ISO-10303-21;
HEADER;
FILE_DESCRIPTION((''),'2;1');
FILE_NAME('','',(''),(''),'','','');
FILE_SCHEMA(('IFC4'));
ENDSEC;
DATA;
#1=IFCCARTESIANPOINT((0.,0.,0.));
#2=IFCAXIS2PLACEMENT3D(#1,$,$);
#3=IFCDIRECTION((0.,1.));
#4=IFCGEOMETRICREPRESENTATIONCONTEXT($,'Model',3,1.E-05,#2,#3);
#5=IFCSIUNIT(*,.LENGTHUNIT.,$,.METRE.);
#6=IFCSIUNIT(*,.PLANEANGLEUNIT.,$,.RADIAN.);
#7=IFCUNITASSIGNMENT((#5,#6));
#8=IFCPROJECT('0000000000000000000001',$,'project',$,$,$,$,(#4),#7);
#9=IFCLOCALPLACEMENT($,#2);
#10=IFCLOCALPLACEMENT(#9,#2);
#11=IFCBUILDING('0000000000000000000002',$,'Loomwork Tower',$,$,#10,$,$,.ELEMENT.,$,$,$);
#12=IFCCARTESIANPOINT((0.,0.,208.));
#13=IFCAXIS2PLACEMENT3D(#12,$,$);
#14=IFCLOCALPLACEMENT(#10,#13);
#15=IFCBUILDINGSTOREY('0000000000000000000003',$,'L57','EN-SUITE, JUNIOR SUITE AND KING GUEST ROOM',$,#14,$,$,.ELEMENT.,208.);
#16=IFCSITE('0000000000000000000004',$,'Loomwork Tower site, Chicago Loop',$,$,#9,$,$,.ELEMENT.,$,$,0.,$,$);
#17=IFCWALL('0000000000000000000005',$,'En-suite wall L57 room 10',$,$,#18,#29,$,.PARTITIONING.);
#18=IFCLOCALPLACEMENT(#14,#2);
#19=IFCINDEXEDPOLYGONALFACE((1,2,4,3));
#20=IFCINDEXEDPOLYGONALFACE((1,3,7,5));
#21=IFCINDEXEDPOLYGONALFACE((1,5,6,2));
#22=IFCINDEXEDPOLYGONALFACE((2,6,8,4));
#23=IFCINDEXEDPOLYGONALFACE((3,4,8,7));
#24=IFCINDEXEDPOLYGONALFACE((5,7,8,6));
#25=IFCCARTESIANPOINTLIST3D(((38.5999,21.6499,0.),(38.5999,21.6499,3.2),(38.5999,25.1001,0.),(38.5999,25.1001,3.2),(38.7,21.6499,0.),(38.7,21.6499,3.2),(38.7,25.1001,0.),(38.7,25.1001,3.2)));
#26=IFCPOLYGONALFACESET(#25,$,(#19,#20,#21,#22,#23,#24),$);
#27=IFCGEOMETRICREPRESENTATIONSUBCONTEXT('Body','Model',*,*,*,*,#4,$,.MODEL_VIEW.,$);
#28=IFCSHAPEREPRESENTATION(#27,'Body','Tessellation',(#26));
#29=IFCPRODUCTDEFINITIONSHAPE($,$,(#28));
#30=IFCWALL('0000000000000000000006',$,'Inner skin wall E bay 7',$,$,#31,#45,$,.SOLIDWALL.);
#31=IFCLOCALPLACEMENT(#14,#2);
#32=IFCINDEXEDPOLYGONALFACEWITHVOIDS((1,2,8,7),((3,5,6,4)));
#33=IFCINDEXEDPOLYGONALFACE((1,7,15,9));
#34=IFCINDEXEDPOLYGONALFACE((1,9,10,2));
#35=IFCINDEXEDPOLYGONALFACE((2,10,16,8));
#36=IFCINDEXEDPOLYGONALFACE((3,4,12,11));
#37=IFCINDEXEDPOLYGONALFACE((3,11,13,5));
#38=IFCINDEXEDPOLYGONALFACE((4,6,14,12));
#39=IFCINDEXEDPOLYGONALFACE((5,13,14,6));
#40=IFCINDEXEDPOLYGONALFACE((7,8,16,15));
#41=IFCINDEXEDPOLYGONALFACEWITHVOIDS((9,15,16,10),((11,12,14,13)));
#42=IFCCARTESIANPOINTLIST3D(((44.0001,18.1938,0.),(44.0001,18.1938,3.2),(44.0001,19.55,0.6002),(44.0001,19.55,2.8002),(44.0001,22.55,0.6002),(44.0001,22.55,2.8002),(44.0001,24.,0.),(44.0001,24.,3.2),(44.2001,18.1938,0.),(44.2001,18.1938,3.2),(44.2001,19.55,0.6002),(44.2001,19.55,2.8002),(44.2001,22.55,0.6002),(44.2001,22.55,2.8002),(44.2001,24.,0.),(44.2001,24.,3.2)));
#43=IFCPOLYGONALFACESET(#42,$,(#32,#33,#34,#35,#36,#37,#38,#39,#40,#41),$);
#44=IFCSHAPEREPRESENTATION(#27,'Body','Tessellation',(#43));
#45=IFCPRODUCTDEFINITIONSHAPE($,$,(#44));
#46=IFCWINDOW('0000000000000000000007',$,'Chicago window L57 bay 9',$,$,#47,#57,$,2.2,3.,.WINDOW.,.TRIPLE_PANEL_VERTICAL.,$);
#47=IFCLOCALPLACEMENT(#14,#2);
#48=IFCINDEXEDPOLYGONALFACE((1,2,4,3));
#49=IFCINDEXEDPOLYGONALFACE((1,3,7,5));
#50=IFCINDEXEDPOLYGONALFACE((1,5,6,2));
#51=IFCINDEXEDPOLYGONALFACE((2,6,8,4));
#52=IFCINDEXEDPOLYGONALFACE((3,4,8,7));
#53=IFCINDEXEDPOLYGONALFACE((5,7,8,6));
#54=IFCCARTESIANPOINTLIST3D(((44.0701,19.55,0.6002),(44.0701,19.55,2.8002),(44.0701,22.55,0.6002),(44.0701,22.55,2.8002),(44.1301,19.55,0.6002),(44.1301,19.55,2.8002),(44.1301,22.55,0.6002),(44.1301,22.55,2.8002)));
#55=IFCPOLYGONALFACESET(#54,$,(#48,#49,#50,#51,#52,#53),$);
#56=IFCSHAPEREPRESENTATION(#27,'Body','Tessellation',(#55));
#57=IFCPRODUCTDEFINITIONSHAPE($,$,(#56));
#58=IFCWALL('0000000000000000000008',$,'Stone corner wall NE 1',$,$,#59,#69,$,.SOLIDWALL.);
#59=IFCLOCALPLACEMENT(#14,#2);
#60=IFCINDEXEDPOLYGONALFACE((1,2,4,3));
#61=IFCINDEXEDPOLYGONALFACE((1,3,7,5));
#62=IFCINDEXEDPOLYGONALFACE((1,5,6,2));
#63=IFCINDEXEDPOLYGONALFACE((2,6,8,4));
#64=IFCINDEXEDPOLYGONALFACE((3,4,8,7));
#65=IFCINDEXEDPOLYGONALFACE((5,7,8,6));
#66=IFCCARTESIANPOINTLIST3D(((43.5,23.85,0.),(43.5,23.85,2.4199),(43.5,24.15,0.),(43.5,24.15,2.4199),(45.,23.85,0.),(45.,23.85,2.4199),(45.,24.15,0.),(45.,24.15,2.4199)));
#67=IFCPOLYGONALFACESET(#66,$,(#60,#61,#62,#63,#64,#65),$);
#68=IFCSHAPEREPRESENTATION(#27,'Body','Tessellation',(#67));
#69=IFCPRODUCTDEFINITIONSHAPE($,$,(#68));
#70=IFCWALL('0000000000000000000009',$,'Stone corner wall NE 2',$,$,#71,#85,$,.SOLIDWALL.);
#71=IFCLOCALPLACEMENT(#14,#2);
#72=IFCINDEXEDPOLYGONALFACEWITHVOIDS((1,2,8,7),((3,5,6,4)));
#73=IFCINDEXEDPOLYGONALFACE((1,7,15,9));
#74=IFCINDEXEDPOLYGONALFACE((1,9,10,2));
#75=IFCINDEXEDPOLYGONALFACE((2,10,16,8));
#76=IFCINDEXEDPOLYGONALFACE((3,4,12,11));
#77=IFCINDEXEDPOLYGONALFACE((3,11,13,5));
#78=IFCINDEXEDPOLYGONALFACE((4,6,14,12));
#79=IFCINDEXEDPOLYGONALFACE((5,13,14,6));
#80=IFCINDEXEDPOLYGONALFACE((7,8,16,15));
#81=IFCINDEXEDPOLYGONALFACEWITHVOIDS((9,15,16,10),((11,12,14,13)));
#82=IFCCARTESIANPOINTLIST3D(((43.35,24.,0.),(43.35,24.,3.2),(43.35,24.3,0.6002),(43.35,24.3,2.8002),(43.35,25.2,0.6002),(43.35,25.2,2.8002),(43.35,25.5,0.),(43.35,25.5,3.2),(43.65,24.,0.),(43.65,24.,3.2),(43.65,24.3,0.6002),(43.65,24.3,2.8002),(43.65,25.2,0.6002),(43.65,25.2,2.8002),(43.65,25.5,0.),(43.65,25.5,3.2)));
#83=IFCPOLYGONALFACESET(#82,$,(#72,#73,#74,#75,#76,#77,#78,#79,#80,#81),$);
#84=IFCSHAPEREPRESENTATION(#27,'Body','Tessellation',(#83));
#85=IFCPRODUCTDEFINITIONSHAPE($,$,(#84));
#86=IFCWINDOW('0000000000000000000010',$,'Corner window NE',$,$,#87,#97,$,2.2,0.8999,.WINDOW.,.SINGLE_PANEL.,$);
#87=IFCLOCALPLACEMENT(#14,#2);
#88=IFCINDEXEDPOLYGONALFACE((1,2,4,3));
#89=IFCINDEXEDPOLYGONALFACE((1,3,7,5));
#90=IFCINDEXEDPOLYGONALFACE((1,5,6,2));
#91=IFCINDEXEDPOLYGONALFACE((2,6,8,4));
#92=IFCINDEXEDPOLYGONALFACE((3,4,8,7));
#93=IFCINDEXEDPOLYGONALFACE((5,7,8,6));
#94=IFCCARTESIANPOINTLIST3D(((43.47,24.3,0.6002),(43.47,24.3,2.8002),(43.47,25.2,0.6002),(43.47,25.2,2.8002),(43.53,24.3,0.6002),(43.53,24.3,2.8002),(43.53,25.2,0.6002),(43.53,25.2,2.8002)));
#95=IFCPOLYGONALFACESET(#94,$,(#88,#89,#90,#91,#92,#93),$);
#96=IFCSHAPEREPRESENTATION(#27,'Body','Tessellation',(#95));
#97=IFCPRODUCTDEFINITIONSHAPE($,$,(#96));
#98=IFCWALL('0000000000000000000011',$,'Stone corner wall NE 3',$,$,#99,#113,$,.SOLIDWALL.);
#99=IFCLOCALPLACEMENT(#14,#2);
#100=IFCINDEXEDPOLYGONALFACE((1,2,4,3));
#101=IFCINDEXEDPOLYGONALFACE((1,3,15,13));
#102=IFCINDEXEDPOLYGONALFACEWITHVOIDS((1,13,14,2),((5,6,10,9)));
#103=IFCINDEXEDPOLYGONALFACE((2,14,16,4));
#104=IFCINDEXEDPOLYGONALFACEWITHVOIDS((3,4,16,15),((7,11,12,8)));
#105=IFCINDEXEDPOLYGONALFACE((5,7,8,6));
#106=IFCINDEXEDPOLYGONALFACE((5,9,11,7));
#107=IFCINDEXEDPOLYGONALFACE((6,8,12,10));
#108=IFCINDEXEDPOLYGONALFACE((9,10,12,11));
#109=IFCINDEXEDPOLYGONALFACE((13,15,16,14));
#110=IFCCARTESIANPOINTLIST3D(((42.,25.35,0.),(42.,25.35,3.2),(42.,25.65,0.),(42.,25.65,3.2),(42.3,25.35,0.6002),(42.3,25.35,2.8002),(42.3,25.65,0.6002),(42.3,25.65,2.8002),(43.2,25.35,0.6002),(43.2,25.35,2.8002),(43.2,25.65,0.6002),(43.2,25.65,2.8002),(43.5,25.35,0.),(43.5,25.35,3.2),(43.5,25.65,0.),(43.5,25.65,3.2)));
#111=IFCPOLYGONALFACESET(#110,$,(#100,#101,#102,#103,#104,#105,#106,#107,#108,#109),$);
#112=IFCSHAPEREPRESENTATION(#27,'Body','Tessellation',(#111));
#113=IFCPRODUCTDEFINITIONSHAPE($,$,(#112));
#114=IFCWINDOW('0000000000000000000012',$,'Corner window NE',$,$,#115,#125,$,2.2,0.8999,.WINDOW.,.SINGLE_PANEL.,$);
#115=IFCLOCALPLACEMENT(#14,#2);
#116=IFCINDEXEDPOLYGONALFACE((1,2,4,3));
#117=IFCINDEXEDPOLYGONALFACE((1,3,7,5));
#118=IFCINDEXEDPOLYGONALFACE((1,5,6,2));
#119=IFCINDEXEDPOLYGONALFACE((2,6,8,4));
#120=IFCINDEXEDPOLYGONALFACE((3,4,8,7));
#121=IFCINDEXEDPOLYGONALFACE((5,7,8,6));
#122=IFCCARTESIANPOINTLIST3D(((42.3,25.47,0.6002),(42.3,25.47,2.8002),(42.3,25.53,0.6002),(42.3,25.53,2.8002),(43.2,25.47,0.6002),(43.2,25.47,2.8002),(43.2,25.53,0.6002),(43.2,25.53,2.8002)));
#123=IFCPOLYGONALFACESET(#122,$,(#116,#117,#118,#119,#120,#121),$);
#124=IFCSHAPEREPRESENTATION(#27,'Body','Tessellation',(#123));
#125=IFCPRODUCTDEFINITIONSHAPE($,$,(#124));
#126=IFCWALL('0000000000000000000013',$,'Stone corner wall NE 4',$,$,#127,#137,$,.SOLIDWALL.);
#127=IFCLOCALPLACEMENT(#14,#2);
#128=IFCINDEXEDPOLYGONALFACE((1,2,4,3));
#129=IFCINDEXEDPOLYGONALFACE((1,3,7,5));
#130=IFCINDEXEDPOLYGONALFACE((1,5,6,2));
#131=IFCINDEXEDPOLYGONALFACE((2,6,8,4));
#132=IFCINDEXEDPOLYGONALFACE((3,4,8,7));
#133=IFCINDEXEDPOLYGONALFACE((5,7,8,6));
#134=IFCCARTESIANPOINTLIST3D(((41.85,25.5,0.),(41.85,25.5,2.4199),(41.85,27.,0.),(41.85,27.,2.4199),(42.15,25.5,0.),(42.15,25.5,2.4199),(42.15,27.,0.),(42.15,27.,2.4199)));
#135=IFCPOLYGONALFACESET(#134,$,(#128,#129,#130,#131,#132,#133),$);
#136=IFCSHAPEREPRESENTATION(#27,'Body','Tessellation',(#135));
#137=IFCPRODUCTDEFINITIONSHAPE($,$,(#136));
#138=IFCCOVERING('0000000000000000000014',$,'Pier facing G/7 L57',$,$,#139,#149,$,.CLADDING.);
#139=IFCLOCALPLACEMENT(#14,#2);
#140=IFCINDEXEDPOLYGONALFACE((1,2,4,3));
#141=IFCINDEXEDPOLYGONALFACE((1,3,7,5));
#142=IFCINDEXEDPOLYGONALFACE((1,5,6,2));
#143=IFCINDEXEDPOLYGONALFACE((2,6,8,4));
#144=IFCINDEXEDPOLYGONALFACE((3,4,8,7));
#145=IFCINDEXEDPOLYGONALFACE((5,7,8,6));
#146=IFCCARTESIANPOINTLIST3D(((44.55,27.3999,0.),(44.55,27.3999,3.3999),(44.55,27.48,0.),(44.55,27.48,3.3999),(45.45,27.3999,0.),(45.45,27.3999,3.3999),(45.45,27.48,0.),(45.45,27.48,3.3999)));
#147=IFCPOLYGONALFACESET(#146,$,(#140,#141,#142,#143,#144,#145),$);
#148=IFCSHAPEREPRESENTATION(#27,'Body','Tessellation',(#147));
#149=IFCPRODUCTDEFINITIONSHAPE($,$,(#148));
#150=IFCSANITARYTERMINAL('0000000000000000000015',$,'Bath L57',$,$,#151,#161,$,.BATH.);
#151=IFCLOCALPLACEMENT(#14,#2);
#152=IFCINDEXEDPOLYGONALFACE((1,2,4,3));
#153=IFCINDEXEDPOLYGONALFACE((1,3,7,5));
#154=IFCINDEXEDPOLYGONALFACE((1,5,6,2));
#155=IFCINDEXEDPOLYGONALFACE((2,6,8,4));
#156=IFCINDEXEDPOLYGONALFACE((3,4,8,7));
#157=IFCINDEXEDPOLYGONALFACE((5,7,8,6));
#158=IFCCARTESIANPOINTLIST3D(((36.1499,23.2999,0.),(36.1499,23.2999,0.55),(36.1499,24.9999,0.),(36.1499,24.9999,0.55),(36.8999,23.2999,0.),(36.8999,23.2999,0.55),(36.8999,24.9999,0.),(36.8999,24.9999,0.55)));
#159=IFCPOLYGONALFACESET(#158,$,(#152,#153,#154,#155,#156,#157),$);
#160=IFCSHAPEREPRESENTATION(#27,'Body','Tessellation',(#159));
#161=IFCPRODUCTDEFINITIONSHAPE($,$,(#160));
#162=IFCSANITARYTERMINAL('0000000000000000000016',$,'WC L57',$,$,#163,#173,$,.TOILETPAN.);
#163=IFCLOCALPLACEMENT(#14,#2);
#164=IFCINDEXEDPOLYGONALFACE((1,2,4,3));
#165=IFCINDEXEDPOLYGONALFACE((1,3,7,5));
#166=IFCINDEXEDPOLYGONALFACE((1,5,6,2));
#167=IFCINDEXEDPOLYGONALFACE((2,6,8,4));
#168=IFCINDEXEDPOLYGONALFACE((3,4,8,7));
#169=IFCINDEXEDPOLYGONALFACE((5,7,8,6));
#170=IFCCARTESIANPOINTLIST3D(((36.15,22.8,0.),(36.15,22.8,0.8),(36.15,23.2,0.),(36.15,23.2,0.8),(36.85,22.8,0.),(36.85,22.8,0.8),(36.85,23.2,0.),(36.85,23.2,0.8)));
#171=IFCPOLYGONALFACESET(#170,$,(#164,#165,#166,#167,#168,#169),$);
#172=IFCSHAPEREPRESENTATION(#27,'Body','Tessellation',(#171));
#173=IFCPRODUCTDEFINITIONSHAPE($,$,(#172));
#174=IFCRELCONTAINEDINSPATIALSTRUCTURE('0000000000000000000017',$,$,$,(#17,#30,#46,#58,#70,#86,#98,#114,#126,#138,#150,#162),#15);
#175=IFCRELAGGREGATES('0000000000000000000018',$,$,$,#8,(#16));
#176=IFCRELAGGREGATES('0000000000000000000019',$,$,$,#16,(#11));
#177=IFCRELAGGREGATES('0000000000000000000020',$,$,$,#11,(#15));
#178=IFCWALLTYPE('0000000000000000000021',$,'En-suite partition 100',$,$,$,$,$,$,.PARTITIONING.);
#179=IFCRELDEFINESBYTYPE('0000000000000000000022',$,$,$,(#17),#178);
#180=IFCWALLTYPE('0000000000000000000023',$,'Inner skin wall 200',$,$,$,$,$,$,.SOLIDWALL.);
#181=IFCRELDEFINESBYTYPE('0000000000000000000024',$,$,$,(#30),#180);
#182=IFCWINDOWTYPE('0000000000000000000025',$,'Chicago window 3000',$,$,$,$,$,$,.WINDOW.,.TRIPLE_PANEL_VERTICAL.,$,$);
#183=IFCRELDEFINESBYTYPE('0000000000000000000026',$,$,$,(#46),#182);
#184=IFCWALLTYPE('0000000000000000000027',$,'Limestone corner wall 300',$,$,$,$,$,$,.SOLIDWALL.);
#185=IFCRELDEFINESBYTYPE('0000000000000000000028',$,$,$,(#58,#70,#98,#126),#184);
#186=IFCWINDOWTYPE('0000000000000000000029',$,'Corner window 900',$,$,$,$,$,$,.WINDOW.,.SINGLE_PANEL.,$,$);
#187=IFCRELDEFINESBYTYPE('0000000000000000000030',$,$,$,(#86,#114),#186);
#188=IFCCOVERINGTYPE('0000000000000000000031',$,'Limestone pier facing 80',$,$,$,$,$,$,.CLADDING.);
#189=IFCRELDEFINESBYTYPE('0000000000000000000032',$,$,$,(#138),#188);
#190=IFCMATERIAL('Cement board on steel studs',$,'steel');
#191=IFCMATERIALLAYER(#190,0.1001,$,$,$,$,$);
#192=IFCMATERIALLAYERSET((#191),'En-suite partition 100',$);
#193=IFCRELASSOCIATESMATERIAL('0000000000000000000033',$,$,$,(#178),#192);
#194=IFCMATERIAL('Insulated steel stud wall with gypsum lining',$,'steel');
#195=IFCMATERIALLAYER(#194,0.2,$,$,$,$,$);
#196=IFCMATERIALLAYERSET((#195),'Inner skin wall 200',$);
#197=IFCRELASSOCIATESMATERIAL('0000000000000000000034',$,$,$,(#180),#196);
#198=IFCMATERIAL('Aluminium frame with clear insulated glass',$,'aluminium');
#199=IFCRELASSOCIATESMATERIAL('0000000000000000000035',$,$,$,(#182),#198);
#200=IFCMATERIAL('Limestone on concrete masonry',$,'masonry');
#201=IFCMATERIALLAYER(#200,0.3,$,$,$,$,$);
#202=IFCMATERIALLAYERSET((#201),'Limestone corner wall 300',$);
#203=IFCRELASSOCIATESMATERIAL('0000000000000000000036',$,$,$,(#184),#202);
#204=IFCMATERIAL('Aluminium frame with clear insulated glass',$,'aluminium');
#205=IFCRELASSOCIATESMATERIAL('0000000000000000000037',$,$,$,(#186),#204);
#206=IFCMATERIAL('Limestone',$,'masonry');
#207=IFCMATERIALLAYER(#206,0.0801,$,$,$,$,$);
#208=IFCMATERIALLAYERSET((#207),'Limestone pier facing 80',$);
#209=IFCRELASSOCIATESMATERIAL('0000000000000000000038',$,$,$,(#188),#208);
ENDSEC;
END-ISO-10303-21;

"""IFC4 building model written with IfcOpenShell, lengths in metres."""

from ifc_helpers import new_model, si_unit, direction, frame, frame_2d, origin, origin_2d, place, context, subcontext, project, spatial, rectangle, extrude, material, layer, layer_set, type_object, element, fill, save


model = new_model("IFC4")

# Units and contexts
model_context = context("Model", 3, precision=1e-05, world=origin(), true_north=direction((0.0, 1.0)))
body_context = subcontext(model_context, "Body", "Model", "MODEL_VIEW")
ifc_project = project(units=[si_unit("LENGTHUNIT", "METRE"), si_unit("PLANEANGLEUNIT", "RADIAN")], contexts=[model_context])

# Site, building, storey
site_placement = place(None, origin())
site = spatial("IfcSite", under=ifc_project, at=site_placement, Name="Loomwork Tower site, Chicago Loop", CompositionType="ELEMENT", RefElevation=0.0)
building_placement = place(site_placement, origin())
building = spatial("IfcBuilding", under=site, at=building_placement, Name="Loomwork Tower", CompositionType="ELEMENT")
storey_placement = place(building_placement, frame((0.0, 0.0, 208.0)))
storey = spatial("IfcBuildingStorey", under=building, at=storey_placement, Name="L57", Description="EN-SUITE, JUNIOR SUITE AND KING GUEST ROOM", CompositionType="ELEMENT", Elevation=208.0)

# Wall
ifc_material_1 = material(Name="Cement board on steel studs", Category="steel")
ifc_layer_1 = layer(ifc_material_1, 0.1001)
ifc_layer_set_1 = layer_set([ifc_layer_1], Name="En-suite partition 100")
wall_type_1 = type_object("IfcWallType", Name="En-suite partition 100", PredefinedType="PARTITIONING", material=ifc_layer_set_1)
wall_1_placement = place(storey_placement, frame((38.6499, 21.6499, 0.0), z_axis=(0.0, 0.0, 1.0), x_axis=(0.0, 1.0, 0.0)))
element("IfcWall", 1, at=wall_1_placement, inside=storey, type_object=wall_type_1, Name="En-suite wall L57 room 10", PredefinedType="PARTITIONING", context=body_context, shape_type="SweptSolid", body=[
    extrude(rectangle(XDim=3.4502, YDim=0.1001, at=frame_2d((1.7251, 0.0))), origin(), (0.0, 0.0, 1.0), 3.2),
])

# Wall, opening, window
ifc_material_2 = material(Name="Insulated steel stud wall with gypsum lining", Category="steel")
ifc_layer_2 = layer(ifc_material_2, 0.2)
ifc_layer_set_2 = layer_set([ifc_layer_2], Name="Inner skin wall 200")
wall_type_2 = type_object("IfcWallType", Name="Inner skin wall 200", PredefinedType="SOLIDWALL", material=ifc_layer_set_2)
wall_2_placement = place(storey_placement, frame((44.1001, 18.1938, 0.0), z_axis=(0.0, 0.0, 1.0), x_axis=(0.0, 1.0, 0.0)))
wall_2 = element("IfcWall", 2, at=wall_2_placement, inside=storey, type_object=wall_type_2, Name="Inner skin wall E bay 7", PredefinedType="SOLIDWALL", context=body_context, shape_type="SweptSolid", body=[
    extrude(rectangle(XDim=5.8062, YDim=0.2, at=frame_2d((2.9031, 0.0))), origin(), (0.0, 0.0, 1.0), 3.2),
])
opening_1_placement = place(wall_2_placement, frame((1.3562, 0.0, 0.6001)))
opening_1 = element("IfcOpeningElement", 3, at=opening_1_placement, cuts=wall_2, PredefinedType="OPENING", context=body_context, shape_type="SweptSolid", body=[
    extrude(rectangle(XDim=3.0, YDim=2.2, at=frame_2d((1.5, 1.1001))), frame((0.0, 0.1099, 0.0), z_axis=(0.0, -1.0, 0.0), x_axis=(1.0, 0.0, 0.0)), (0.0, 0.0, 1.0), 0.22),
])
ifc_material_3 = material(Name="Aluminium frame with clear insulated glass", Category="aluminium")
window_type_1 = type_object("IfcWindowType", Name="Chicago window 3000", PartitioningType="TRIPLE_PANEL_VERTICAL", PredefinedType="WINDOW", material=ifc_material_3)
window_1_placement = place(opening_1_placement, origin())
window_1 = element("IfcWindow", 4, at=window_1_placement, inside=storey, type_object=window_type_1, Name="Chicago window L57 bay 9", OverallHeight=2.2, OverallWidth=3.0, PartitioningType="TRIPLE_PANEL_VERTICAL", PredefinedType="WINDOW", context=body_context, shape_type="SweptSolid", body=[
    extrude(rectangle(XDim=3.0, YDim=2.2, at=frame_2d((1.5, 1.1001))), frame((0.0, 0.03, 0.0), z_axis=(0.0, -1.0, 0.0), x_axis=(1.0, 0.0, 0.0)), (0.0, 0.0, 1.0), 0.0601),
])
fill(opening_1, window_1)

# Wall
ifc_material_4 = material(Name="Limestone on concrete masonry", Category="masonry")
ifc_layer_3 = layer(ifc_material_4, 0.3)
ifc_layer_set_3 = layer_set([ifc_layer_3], Name="Limestone corner wall 300")
wall_type_3 = type_object("IfcWallType", Name="Limestone corner wall 300", PredefinedType="SOLIDWALL", material=ifc_layer_set_3)
wall_3_placement = place(storey_placement, frame((45.0, 24.0, 0.0), z_axis=(0.0, 0.0, 1.0), x_axis=(-1.0, 0.0, 0.0)))
element("IfcWall", 5, at=wall_3_placement, inside=storey, type_object=wall_type_3, Name="Stone corner wall NE 1", PredefinedType="SOLIDWALL", context=body_context, shape_type="SweptSolid", body=[
    extrude(rectangle(XDim=1.5, YDim=0.3, at=frame_2d((0.75, 0.0))), origin(), (0.0, 0.0, 1.0), 2.4199),
])

# Walls, openings, windows
wall_4_placement = place(storey_placement, frame((43.5, 24.0, 0.0), z_axis=(0.0, 0.0, 1.0), x_axis=(0.0, 1.0, 0.0)))
wall_4 = element("IfcWall", 6, at=wall_4_placement, inside=storey, type_object=wall_type_3, Name="Stone corner wall NE 2", PredefinedType="SOLIDWALL", context=body_context, shape_type="SweptSolid", body=[
    extrude(rectangle(XDim=1.5, YDim=0.3, at=frame_2d((0.75, 0.0))), origin(), (0.0, 0.0, 1.0), 3.2),
])
opening_2_placement = place(wall_4_placement, frame((0.3, 0.0, 0.6001)))
opening_2 = element("IfcOpeningElement", 7, at=opening_2_placement, cuts=wall_4, PredefinedType="OPENING", context=body_context, shape_type="SweptSolid", body=[
    extrude(rectangle(XDim=0.8999, YDim=2.2, at=frame_2d((0.45, 1.1001))), frame((0.0, 0.1599, 0.0), z_axis=(0.0, -1.0, 0.0), x_axis=(1.0, 0.0, 0.0)), (0.0, 0.0, 1.0), 0.3201),
])
ifc_material_5 = material(Name="Aluminium frame with clear insulated glass", Category="aluminium")
window_type_2 = type_object("IfcWindowType", Name="Corner window 900", PartitioningType="SINGLE_PANEL", PredefinedType="WINDOW", material=ifc_material_5)
window_2_placement = place(opening_2_placement, origin())
window_2 = element("IfcWindow", 8, at=window_2_placement, inside=storey, type_object=window_type_2, Name="Corner window NE", OverallHeight=2.2, OverallWidth=0.8999, PartitioningType="SINGLE_PANEL", PredefinedType="WINDOW", context=body_context, shape_type="SweptSolid", body=[
    extrude(rectangle(XDim=0.8999, YDim=2.2, at=frame_2d((0.45, 1.1001))), frame((0.0, 0.03, 0.0), z_axis=(0.0, -1.0, 0.0), x_axis=(1.0, 0.0, 0.0)), (0.0, 0.0, 1.0), 0.0601),
])
fill(opening_2, window_2)
wall_5_placement = place(storey_placement, frame((43.5, 25.5, 0.0), z_axis=(0.0, 0.0, 1.0), x_axis=(-1.0, 0.0, 0.0)))
wall_5 = element("IfcWall", 9, at=wall_5_placement, inside=storey, type_object=wall_type_3, Name="Stone corner wall NE 3", PredefinedType="SOLIDWALL", context=body_context, shape_type="SweptSolid", body=[
    extrude(rectangle(XDim=1.5, YDim=0.3, at=frame_2d((0.75, 0.0))), origin(), (0.0, 0.0, 1.0), 3.2),
])
opening_3_placement = place(wall_5_placement, frame((0.3, 0.0, 0.6001)))
opening_3 = element("IfcOpeningElement", 10, at=opening_3_placement, cuts=wall_5, PredefinedType="OPENING", context=body_context, shape_type="SweptSolid", body=[
    extrude(rectangle(XDim=0.8999, YDim=2.2, at=frame_2d((0.45, 1.1001))), frame((0.0, 0.1599, 0.0), z_axis=(0.0, -1.0, 0.0), x_axis=(1.0, 0.0, 0.0)), (0.0, 0.0, 1.0), 0.3201),
])
window_3_placement = place(opening_3_placement, origin())
window_3 = element("IfcWindow", 11, at=window_3_placement, inside=storey, type_object=window_type_2, Name="Corner window NE", OverallHeight=2.2, OverallWidth=0.8999, PartitioningType="SINGLE_PANEL", PredefinedType="WINDOW", context=body_context, shape_type="SweptSolid", body=[
    extrude(rectangle(XDim=0.8999, YDim=2.2, at=frame_2d((0.45, 1.1001))), frame((0.0, 0.03, 0.0), z_axis=(0.0, -1.0, 0.0), x_axis=(1.0, 0.0, 0.0)), (0.0, 0.0, 1.0), 0.0601),
])
fill(opening_3, window_3)

# Wall
wall_6_placement = place(storey_placement, frame((42.0, 25.5, 0.0), z_axis=(0.0, 0.0, 1.0), x_axis=(0.0, 1.0, 0.0)))
element("IfcWall", 12, at=wall_6_placement, inside=storey, type_object=wall_type_3, Name="Stone corner wall NE 4", PredefinedType="SOLIDWALL", context=body_context, shape_type="SweptSolid", body=[
    extrude(rectangle(XDim=1.5, YDim=0.3, at=frame_2d((0.75, 0.0))), origin(), (0.0, 0.0, 1.0), 2.4199),
])

# Covering
ifc_material_6 = material(Name="Limestone", Category="masonry")
ifc_layer_4 = layer(ifc_material_6, 0.0801)
ifc_layer_set_4 = layer_set([ifc_layer_4], Name="Limestone pier facing 80")
covering_type = type_object("IfcCoveringType", Name="Limestone pier facing 80", PredefinedType="CLADDING", material=ifc_layer_set_4)
covering_placement = place(storey_placement, frame((45.0, 27.4399, 0.0), z_axis=(0.0, 0.0, 1.0), x_axis=(1.0, 0.0, 0.0)))
element("IfcCovering", 13, at=covering_placement, inside=storey, type_object=covering_type, Name="Pier facing G/7 L57", PredefinedType="CLADDING", context=body_context, shape_type="SweptSolid", body=[
    extrude(rectangle(XDim=0.8999, YDim=0.0801, at=origin_2d()), origin(), (0.0, 0.0, 1.0), 3.3999),
])

# Sanitary terminals
sanitary_terminal_1_placement = place(storey_placement, frame((36.5249, 24.1499, 0.0), z_axis=(0.0, 0.0, 1.0), x_axis=(1.0, 0.0, 0.0)))
element("IfcSanitaryTerminal", 14, at=sanitary_terminal_1_placement, inside=storey, Name="Bath L57", PredefinedType="BATH", context=body_context, shape_type="SweptSolid", body=[
    extrude(rectangle(XDim=0.75, YDim=1.7, at=origin_2d()), origin(), (0.0, 0.0, 1.0), 0.55),
])
sanitary_terminal_2_placement = place(storey_placement, frame((36.5, 23.0, 0.0), z_axis=(0.0, 0.0, 1.0), x_axis=(1.0, 0.0, 0.0)))
element("IfcSanitaryTerminal", 15, at=sanitary_terminal_2_placement, inside=storey, Name="WC L57", PredefinedType="TOILETPAN", context=body_context, shape_type="SweptSolid", body=[
    extrude(rectangle(XDim=0.7, YDim=0.3999, at=origin_2d()), origin(), (0.0, 0.0, 1.0), 0.8),
])

save(model, "model.ifc")
